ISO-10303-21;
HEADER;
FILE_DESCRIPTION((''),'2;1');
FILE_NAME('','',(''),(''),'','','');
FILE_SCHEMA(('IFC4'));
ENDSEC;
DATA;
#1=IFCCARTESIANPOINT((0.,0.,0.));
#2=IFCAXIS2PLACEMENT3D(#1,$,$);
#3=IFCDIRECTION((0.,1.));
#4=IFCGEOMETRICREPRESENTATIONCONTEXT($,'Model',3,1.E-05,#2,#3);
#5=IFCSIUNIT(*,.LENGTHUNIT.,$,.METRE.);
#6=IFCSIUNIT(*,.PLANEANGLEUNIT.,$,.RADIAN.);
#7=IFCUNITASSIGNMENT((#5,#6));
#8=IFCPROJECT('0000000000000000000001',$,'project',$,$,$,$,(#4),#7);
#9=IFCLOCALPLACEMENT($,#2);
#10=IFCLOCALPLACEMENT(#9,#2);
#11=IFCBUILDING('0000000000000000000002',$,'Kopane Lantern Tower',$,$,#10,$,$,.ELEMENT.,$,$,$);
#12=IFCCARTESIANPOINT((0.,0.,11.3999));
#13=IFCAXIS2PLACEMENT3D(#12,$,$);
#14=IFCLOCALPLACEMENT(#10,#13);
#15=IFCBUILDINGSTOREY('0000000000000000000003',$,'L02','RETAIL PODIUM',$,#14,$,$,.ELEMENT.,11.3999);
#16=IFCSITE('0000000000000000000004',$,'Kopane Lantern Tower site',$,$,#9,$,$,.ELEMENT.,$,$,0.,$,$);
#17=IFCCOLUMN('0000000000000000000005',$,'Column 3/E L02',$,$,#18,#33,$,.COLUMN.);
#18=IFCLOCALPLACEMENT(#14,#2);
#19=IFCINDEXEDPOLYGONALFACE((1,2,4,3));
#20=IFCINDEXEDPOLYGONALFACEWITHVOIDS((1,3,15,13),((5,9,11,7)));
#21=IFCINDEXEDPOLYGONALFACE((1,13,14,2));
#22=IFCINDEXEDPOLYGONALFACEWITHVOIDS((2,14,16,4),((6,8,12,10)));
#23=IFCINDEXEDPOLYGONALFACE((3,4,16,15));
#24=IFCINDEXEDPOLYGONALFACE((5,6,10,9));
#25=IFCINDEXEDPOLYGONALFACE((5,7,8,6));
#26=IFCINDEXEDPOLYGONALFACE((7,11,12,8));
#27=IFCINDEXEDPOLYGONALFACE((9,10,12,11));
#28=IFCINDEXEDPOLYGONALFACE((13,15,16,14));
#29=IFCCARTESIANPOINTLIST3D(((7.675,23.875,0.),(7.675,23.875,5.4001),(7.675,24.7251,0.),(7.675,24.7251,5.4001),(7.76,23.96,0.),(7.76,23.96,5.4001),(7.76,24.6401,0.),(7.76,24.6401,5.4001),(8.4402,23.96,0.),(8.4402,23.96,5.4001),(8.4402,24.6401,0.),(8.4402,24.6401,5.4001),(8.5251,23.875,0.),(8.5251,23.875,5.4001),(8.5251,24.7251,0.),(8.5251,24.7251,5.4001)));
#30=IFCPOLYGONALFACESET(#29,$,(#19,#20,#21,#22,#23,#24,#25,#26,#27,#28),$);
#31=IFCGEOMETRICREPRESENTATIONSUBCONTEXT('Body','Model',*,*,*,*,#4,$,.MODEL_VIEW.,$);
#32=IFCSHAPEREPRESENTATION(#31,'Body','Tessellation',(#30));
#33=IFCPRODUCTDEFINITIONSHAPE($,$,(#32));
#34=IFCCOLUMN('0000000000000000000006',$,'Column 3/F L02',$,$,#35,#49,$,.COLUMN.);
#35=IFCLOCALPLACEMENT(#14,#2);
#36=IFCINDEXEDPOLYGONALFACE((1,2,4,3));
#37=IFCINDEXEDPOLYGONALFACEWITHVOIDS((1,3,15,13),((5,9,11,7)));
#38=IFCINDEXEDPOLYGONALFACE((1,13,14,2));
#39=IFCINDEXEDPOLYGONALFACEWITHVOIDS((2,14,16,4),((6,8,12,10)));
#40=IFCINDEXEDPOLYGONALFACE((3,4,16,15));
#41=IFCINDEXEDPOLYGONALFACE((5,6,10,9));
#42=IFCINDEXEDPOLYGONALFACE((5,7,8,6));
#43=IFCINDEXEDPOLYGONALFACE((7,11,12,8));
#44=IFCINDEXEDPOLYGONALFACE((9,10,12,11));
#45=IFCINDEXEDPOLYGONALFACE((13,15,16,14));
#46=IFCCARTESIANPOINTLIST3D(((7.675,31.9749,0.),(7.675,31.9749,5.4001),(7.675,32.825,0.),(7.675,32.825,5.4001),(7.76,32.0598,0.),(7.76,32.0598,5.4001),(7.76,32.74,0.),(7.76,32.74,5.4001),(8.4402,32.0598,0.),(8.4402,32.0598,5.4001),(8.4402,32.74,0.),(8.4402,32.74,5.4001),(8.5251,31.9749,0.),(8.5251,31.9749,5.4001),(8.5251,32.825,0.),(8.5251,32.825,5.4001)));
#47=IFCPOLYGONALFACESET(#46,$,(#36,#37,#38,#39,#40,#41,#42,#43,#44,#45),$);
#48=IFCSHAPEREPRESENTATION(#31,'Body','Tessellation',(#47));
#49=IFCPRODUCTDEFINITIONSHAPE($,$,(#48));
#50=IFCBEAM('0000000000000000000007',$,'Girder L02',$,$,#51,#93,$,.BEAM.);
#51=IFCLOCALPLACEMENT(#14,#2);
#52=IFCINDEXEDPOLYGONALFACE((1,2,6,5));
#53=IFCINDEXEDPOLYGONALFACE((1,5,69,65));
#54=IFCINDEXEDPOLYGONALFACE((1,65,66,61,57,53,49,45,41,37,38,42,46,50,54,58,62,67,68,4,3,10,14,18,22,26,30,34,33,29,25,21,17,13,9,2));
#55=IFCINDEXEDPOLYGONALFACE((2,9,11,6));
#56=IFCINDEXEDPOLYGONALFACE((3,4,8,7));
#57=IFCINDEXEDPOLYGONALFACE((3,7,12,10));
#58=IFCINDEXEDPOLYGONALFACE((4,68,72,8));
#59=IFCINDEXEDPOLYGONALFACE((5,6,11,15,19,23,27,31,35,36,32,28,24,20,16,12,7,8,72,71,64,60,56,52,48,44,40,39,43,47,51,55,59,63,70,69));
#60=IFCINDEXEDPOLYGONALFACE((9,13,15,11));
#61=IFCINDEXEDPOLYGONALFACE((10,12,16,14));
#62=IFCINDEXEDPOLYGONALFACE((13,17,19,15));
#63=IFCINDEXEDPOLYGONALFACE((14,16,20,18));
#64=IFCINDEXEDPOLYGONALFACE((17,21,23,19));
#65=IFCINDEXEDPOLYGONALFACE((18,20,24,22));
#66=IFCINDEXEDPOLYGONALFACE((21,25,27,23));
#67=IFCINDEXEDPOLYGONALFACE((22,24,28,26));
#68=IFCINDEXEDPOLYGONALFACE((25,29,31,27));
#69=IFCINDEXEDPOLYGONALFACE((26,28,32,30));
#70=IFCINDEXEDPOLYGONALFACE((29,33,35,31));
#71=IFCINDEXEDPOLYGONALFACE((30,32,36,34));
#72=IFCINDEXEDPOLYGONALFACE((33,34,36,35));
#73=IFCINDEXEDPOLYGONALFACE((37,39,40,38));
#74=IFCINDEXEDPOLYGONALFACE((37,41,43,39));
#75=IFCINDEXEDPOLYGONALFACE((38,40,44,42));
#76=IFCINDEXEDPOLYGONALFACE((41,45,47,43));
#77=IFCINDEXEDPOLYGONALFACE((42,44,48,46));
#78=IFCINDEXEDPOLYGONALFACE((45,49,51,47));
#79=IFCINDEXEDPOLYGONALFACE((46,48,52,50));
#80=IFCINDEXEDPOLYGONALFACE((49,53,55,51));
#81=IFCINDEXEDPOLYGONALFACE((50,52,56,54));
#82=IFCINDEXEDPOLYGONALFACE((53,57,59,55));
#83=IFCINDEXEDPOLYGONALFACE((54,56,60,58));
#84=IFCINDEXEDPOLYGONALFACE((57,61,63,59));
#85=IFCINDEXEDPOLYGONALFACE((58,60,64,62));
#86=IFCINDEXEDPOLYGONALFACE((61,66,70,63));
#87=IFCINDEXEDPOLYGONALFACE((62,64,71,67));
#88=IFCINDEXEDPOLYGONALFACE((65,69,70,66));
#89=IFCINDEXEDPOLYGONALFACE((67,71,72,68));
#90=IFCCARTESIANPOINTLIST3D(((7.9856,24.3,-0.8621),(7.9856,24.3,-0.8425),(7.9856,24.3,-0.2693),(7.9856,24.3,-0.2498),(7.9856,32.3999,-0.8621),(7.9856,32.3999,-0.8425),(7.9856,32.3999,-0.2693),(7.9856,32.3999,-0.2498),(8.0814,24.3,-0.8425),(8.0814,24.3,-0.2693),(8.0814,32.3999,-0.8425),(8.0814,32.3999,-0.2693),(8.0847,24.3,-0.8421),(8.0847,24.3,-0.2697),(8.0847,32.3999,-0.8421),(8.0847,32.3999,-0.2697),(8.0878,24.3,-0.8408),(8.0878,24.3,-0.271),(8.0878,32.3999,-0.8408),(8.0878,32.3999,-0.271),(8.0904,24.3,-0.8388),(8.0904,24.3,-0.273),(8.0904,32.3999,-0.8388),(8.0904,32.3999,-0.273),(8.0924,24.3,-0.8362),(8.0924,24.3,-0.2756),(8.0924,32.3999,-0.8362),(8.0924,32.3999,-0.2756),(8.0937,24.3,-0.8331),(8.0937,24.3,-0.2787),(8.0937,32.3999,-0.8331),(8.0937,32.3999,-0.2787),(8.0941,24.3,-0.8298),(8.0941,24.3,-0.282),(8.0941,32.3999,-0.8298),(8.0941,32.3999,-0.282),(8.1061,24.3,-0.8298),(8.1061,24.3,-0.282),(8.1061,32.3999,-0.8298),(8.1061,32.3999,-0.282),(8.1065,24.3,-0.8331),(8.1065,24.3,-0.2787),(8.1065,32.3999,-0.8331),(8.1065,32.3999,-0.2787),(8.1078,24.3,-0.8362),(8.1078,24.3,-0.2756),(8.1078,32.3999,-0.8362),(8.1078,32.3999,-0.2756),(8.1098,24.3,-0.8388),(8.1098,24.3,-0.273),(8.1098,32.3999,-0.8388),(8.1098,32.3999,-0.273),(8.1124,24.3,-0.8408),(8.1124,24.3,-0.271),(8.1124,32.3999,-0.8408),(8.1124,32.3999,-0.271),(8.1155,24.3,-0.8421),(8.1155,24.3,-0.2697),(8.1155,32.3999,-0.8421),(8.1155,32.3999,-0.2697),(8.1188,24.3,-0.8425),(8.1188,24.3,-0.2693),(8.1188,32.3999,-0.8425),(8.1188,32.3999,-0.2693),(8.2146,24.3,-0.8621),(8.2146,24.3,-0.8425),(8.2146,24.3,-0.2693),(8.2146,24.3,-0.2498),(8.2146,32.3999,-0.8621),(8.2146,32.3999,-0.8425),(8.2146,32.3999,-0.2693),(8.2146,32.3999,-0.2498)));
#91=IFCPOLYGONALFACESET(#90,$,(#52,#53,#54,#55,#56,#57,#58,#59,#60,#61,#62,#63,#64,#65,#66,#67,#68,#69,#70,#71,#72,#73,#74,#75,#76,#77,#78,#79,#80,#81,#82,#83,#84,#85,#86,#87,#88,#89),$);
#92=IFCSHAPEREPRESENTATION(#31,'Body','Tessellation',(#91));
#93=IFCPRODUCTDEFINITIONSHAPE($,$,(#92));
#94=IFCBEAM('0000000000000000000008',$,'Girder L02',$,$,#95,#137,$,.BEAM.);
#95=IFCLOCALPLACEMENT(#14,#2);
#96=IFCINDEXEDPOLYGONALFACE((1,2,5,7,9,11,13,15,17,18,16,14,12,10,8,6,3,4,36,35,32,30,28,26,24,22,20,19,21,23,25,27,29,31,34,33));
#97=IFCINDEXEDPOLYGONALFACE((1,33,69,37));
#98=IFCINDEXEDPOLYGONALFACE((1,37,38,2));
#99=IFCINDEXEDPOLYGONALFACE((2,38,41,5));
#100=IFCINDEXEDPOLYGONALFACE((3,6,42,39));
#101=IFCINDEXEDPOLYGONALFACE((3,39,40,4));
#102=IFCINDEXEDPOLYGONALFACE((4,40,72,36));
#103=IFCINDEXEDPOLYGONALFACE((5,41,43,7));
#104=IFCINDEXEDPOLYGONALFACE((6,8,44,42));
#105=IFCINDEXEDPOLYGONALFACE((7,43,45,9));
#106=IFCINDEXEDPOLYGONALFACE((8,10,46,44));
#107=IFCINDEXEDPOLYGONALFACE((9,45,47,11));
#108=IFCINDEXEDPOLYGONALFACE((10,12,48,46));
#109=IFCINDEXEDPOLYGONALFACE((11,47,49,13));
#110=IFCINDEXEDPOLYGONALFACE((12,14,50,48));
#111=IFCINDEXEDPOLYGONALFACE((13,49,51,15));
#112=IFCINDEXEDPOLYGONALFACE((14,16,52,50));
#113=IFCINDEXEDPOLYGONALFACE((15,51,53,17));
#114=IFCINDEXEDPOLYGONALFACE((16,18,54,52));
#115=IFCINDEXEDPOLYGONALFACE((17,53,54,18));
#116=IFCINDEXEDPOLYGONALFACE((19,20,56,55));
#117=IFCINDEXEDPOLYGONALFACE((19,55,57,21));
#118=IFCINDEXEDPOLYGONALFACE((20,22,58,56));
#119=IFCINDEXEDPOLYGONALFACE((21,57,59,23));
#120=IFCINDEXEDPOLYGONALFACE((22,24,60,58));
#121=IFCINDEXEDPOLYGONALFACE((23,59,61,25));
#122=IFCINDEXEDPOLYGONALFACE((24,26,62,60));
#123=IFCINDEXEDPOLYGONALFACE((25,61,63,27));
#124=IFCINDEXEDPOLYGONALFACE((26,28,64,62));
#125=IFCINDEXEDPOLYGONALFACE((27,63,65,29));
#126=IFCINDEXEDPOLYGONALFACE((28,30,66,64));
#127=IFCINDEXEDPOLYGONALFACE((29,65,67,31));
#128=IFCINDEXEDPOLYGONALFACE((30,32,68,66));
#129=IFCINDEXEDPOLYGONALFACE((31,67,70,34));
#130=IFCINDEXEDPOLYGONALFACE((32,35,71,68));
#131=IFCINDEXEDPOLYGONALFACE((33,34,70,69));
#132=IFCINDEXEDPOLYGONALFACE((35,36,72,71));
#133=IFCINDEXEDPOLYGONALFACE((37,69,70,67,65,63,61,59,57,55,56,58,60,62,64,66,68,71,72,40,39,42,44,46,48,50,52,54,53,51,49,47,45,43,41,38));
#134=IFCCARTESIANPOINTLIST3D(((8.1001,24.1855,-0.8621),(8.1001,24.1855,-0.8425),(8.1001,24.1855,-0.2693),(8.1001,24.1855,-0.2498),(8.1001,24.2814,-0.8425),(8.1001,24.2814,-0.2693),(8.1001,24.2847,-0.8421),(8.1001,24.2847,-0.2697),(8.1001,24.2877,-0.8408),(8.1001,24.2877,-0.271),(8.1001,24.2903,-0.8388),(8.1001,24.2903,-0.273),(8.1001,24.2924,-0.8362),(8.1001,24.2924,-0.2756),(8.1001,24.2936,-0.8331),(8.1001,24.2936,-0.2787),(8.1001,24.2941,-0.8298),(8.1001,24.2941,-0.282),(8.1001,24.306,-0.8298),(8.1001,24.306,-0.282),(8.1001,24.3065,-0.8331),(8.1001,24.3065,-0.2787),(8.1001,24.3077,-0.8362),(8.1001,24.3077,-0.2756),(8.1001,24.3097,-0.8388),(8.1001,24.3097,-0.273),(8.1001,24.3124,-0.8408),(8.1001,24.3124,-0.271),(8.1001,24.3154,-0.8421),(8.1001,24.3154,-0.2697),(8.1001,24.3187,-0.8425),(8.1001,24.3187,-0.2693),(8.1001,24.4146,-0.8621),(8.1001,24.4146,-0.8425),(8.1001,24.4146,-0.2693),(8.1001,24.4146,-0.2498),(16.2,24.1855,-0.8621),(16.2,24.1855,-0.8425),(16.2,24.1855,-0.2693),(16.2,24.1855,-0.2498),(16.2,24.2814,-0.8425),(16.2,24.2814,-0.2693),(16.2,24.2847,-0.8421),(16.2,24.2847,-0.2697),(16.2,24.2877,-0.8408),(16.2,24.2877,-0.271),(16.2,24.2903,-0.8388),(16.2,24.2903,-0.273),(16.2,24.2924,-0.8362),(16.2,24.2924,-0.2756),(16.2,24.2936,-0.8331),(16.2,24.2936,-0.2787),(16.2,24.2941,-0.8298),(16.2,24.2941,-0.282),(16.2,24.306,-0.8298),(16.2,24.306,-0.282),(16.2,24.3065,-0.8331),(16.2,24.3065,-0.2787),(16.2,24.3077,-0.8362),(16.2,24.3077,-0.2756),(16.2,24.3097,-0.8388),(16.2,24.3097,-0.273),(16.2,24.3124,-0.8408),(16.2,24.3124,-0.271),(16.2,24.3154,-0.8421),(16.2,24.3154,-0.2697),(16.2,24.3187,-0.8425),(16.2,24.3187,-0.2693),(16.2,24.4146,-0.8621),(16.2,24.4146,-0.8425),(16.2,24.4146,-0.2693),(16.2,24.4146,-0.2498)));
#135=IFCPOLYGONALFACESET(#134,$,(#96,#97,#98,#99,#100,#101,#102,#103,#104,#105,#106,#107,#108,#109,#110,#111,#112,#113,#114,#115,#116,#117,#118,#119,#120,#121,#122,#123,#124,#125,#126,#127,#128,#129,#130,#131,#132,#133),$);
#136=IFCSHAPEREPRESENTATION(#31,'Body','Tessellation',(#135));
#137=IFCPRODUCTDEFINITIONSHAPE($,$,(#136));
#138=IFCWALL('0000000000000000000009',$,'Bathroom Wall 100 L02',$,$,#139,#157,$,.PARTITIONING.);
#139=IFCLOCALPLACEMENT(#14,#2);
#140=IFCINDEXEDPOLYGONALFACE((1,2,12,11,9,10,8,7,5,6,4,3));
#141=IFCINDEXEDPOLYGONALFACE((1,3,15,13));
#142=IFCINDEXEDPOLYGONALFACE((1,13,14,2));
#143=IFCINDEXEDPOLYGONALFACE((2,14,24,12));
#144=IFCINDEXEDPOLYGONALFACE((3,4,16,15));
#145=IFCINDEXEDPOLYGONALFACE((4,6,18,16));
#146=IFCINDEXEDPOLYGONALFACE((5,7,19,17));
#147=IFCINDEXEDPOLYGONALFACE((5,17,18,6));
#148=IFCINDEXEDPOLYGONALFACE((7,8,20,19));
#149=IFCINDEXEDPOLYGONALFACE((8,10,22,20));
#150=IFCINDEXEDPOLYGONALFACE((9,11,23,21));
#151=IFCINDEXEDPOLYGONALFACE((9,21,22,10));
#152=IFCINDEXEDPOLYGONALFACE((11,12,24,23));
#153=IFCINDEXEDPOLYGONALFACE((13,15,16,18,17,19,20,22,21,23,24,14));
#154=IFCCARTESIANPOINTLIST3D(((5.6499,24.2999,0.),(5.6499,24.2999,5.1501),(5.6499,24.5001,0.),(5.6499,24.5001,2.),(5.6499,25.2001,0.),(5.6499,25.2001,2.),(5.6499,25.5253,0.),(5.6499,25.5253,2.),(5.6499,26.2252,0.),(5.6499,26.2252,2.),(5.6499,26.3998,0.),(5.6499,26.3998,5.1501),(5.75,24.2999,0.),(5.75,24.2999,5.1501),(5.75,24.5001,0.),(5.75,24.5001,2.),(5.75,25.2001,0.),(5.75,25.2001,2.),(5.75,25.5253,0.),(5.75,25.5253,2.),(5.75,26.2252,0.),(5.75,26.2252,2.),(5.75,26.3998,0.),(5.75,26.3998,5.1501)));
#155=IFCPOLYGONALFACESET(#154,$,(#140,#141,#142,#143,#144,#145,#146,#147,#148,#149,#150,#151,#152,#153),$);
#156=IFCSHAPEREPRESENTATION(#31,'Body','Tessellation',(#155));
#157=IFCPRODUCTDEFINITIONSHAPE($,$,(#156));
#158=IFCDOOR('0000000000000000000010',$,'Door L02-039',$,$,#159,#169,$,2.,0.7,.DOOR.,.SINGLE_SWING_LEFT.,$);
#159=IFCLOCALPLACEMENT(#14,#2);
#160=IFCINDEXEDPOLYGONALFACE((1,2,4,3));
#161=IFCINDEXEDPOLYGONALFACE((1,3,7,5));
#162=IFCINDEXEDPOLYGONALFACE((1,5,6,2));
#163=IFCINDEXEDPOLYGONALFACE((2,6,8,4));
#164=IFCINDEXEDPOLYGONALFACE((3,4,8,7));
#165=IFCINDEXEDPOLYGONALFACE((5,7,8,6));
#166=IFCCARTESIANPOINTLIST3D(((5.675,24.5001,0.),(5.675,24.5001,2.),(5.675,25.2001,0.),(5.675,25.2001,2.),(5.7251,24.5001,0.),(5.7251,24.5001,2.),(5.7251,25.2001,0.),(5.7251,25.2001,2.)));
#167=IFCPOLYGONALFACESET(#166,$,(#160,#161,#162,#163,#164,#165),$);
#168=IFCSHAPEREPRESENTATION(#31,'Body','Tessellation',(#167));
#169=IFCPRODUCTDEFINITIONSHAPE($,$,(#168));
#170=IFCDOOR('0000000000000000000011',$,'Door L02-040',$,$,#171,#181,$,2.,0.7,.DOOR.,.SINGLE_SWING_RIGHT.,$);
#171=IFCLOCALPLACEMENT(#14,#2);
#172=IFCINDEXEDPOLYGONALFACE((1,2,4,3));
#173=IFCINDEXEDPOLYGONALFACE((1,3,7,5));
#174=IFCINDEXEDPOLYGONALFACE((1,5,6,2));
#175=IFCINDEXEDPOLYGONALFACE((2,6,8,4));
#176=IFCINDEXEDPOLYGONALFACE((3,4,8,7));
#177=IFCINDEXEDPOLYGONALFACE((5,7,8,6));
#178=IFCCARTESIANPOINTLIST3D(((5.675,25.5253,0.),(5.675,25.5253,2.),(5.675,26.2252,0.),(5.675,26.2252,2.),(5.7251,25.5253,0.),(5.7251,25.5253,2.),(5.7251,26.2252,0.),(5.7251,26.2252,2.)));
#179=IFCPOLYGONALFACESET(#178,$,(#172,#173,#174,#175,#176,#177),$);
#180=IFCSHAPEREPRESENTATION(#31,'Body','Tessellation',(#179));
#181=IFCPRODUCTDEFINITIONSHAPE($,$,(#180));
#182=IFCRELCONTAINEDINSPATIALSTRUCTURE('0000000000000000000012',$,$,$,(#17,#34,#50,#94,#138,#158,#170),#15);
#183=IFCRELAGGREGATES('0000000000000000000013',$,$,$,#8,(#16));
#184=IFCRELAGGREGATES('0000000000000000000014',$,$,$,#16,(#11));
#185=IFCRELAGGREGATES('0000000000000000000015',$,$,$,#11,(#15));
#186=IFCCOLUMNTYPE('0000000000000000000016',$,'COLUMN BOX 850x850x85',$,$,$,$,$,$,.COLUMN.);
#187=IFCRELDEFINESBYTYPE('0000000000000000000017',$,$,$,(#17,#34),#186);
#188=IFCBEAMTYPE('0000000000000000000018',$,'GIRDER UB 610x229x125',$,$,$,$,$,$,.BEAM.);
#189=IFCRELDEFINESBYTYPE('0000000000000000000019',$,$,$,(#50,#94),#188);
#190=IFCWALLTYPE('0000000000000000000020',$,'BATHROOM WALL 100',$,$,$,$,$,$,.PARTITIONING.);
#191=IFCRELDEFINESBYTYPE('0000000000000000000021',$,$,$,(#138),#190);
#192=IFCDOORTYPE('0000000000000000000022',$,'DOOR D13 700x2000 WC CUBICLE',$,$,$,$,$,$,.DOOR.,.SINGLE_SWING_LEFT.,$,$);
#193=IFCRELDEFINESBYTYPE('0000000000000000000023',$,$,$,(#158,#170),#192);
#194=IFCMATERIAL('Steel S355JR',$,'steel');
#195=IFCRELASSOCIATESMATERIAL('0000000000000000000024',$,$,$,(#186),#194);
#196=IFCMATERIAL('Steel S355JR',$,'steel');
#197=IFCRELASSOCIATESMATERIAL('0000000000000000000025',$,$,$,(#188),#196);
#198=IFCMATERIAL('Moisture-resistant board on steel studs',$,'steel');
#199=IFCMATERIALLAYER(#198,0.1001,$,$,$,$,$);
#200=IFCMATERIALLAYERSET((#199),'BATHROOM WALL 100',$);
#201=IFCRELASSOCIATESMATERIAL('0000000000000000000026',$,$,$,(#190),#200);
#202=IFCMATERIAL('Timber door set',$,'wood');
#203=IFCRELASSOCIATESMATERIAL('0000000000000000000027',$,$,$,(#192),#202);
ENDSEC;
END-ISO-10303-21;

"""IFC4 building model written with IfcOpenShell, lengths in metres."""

from ifc_helpers import new_model, si_unit, direction, frame, frame_2d, origin, origin_2d, place, context, subcontext, project, spatial, rectangle, hollow_rectangle, i_section, extrude, material, layer, layer_set, material_profile, profile_set, type_object, element, fill, save


model = new_model("IFC4")

# Units and contexts
model_context = context("Model", 3, precision=1e-05, world=origin(), true_north=direction((0.0, 1.0)))
body_context = subcontext(model_context, "Body", "Model", "MODEL_VIEW")
ifc_project = project(units=[si_unit("LENGTHUNIT", "METRE"), si_unit("PLANEANGLEUNIT", "RADIAN")], contexts=[model_context])

# Site, building, storey
site_placement = place(None, origin())
site = spatial("IfcSite", under=ifc_project, at=site_placement, Name="Kopane Lantern Tower site", CompositionType="ELEMENT", RefElevation=0.0)
building_placement = place(site_placement, origin())
building = spatial("IfcBuilding", under=site, at=building_placement, Name="Kopane Lantern Tower", CompositionType="ELEMENT")
storey_placement = place(building_placement, frame((0.0, 0.0, 11.3999)))
storey = spatial("IfcBuildingStorey", under=building, at=storey_placement, Name="L02", Description="RETAIL PODIUM", CompositionType="ELEMENT", Elevation=11.3999)

# Columns
ifc_material_1 = material(Name="Steel S355JR", Category="steel")
ifc_material_profile_1 = material_profile(ifc_material_1, hollow_rectangle(XDim=0.8501, YDim=0.8501, WallThickness=0.085, at=origin_2d()), Name="BOX 850x850x85")
ifc_profile_set_1 = profile_set([ifc_material_profile_1], Name="Steel S355JR")
column_type = type_object("IfcColumnType", Name="COLUMN BOX 850x850x85", PredefinedType="COLUMN", material=ifc_profile_set_1)
for number, where, z_axis, x_axis, name in (
    (1, (8.1001, 24.3, 0.0), (0.0, 0.0, 1.0), (1.0, 0.0, 0.0), "Column 3/E L02"),
    (2, (8.1001, 32.3999, 0.0), (0.0, 0.0, 1.0), (1.0, 0.0, 0.0), "Column 3/F L02"),
):
    element("IfcColumn", number, at=place(storey_placement, frame(where, z_axis=z_axis, x_axis=x_axis)), inside=storey, type_object=column_type, Name=name, PredefinedType="COLUMN", context=body_context, shape_type="SweptSolid", body=[
        extrude(hollow_rectangle(XDim=0.8501, YDim=0.8501, WallThickness=0.085, at=origin_2d()), origin(), (0.0, 0.0, 1.0), 5.4001),
    ])

# Beams
ifc_material_2 = material(Name="Steel S355JR", Category="steel")
ifc_material_profile_2 = material_profile(ifc_material_2, i_section(OverallWidth=0.229, OverallDepth=0.6123, WebThickness=0.012, FlangeThickness=0.0195, FilletRadius=0.0127, at=origin_2d()), Name="UB 610x229x125")
ifc_profile_set_2 = profile_set([ifc_material_profile_2], Name="Steel S355JR")
beam_type = type_object("IfcBeamType", Name="GIRDER UB 610x229x125", PredefinedType="BEAM", material=ifc_profile_set_2)
for number, where, z_axis, x_axis, name in (
    (3, (8.1001, 24.3, -0.5559), (0.0, 1.0, 0.0), (-1.0, 0.0, 0.0), "Girder L02"),
    (4, (8.1001, 24.3, -0.5559), (1.0, 0.0, 0.0), (0.0, 1.0, 0.0), "Girder L02"),
):
    element("IfcBeam", number, at=place(storey_placement, frame(where, z_axis=z_axis, x_axis=x_axis)), inside=storey, type_object=beam_type, Name=name, PredefinedType="BEAM", context=body_context, shape_type="SweptSolid", body=[
        extrude(i_section(OverallWidth=0.229, OverallDepth=0.6123, WebThickness=0.012, FlangeThickness=0.0195, FilletRadius=0.0127, at=origin_2d()), origin(), (0.0, 0.0, 1.0), 8.0999),
    ])

# Wall, openings, doors
ifc_material_3 = material(Name="Moisture-resistant board on steel studs", Category="steel")
ifc_layer_1 = layer(ifc_material_3, 0.1001)
ifc_layer_set_1 = layer_set([ifc_layer_1], Name="BATHROOM WALL 100")
wall_type_1 = type_object("IfcWallType", Name="BATHROOM WALL 100", PredefinedType="PARTITIONING", material=ifc_layer_set_1)
wall_1_placement = place(storey_placement, frame((5.7, 24.3, 0.0), z_axis=(0.0, 0.0, 1.0), x_axis=(0.0, 1.0, 0.0)))
wall_1 = element("IfcWall", 5, at=wall_1_placement, inside=storey, type_object=wall_type_1, Name="Bathroom Wall 100 L02", PredefinedType="PARTITIONING", context=body_context, shape_type="SweptSolid", body=[
    extrude(rectangle(XDim=2.0999, YDim=0.1001, at=frame_2d((1.0498, 0.0))), origin(), (0.0, 0.0, 1.0), 5.1501),
])
opening_1_placement = place(wall_1_placement, frame((0.2, 0.0, 0.0)))
opening_1 = element("IfcOpeningElement", 6, at=opening_1_placement, cuts=wall_1, PredefinedType="OPENING", context=body_context, shape_type="SweptSolid", body=[
    extrude(rectangle(XDim=0.7, YDim=2.0, at=frame_2d((0.3501, 1.0))), frame((0.0, 0.0601, 0.0), z_axis=(0.0, -1.0, 0.0), x_axis=(1.0, 0.0, 0.0)), (0.0, 0.0, 1.0), 0.1201),
])
opening_2_placement = place(wall_1_placement, frame((1.2251, 0.0, 0.0)))
opening_2 = element("IfcOpeningElement", 7, at=opening_2_placement, cuts=wall_1, PredefinedType="OPENING", context=body_context, shape_type="SweptSolid", body=[
    extrude(rectangle(XDim=0.7, YDim=2.0, at=frame_2d((0.3501, 1.0))), frame((0.0, 0.0601, 0.0), z_axis=(0.0, -1.0, 0.0), x_axis=(1.0, 0.0, 0.0)), (0.0, 0.0, 1.0), 0.1201),
])
ifc_material_4 = material(Name="Timber door set", Category="wood")
door_type = type_object("IfcDoorType", Name="DOOR D13 700x2000 WC CUBICLE", OperationType="SINGLE_SWING_LEFT", PredefinedType="DOOR", material=ifc_material_4)
door_1_placement = place(opening_1_placement, origin())
door_1 = element("IfcDoor", 8, at=door_1_placement, inside=storey, type_object=door_type, Name="Door L02-039", OperationType="SINGLE_SWING_LEFT", OverallHeight=2.0, OverallWidth=0.7, PredefinedType="DOOR", context=body_context, shape_type="SweptSolid", body=[
    extrude(rectangle(XDim=0.7, YDim=2.0, at=frame_2d((0.3501, 1.0))), frame((0.0, 0.0249, 0.0), z_axis=(0.0, -1.0, 0.0), x_axis=(1.0, 0.0, 0.0)), (0.0, 0.0, 1.0), 0.05),
])
fill(opening_1, door_1)
door_2_placement = place(opening_2_placement, origin())
door_2 = element("IfcDoor", 9, at=door_2_placement, inside=storey, type_object=door_type, Name="Door L02-040", OperationType="SINGLE_SWING_RIGHT", OverallHeight=2.0, OverallWidth=0.7, PredefinedType="DOOR", context=body_context, shape_type="SweptSolid", body=[
    extrude(rectangle(XDim=0.7, YDim=2.0, at=frame_2d((0.3501, 1.0))), frame((0.0, 0.0249, 0.0), z_axis=(0.0, -1.0, 0.0), x_axis=(1.0, 0.0, 0.0)), (0.0, 0.0, 1.0), 0.05),
])
fill(opening_2, door_2)

save(model, "model.ifc")
